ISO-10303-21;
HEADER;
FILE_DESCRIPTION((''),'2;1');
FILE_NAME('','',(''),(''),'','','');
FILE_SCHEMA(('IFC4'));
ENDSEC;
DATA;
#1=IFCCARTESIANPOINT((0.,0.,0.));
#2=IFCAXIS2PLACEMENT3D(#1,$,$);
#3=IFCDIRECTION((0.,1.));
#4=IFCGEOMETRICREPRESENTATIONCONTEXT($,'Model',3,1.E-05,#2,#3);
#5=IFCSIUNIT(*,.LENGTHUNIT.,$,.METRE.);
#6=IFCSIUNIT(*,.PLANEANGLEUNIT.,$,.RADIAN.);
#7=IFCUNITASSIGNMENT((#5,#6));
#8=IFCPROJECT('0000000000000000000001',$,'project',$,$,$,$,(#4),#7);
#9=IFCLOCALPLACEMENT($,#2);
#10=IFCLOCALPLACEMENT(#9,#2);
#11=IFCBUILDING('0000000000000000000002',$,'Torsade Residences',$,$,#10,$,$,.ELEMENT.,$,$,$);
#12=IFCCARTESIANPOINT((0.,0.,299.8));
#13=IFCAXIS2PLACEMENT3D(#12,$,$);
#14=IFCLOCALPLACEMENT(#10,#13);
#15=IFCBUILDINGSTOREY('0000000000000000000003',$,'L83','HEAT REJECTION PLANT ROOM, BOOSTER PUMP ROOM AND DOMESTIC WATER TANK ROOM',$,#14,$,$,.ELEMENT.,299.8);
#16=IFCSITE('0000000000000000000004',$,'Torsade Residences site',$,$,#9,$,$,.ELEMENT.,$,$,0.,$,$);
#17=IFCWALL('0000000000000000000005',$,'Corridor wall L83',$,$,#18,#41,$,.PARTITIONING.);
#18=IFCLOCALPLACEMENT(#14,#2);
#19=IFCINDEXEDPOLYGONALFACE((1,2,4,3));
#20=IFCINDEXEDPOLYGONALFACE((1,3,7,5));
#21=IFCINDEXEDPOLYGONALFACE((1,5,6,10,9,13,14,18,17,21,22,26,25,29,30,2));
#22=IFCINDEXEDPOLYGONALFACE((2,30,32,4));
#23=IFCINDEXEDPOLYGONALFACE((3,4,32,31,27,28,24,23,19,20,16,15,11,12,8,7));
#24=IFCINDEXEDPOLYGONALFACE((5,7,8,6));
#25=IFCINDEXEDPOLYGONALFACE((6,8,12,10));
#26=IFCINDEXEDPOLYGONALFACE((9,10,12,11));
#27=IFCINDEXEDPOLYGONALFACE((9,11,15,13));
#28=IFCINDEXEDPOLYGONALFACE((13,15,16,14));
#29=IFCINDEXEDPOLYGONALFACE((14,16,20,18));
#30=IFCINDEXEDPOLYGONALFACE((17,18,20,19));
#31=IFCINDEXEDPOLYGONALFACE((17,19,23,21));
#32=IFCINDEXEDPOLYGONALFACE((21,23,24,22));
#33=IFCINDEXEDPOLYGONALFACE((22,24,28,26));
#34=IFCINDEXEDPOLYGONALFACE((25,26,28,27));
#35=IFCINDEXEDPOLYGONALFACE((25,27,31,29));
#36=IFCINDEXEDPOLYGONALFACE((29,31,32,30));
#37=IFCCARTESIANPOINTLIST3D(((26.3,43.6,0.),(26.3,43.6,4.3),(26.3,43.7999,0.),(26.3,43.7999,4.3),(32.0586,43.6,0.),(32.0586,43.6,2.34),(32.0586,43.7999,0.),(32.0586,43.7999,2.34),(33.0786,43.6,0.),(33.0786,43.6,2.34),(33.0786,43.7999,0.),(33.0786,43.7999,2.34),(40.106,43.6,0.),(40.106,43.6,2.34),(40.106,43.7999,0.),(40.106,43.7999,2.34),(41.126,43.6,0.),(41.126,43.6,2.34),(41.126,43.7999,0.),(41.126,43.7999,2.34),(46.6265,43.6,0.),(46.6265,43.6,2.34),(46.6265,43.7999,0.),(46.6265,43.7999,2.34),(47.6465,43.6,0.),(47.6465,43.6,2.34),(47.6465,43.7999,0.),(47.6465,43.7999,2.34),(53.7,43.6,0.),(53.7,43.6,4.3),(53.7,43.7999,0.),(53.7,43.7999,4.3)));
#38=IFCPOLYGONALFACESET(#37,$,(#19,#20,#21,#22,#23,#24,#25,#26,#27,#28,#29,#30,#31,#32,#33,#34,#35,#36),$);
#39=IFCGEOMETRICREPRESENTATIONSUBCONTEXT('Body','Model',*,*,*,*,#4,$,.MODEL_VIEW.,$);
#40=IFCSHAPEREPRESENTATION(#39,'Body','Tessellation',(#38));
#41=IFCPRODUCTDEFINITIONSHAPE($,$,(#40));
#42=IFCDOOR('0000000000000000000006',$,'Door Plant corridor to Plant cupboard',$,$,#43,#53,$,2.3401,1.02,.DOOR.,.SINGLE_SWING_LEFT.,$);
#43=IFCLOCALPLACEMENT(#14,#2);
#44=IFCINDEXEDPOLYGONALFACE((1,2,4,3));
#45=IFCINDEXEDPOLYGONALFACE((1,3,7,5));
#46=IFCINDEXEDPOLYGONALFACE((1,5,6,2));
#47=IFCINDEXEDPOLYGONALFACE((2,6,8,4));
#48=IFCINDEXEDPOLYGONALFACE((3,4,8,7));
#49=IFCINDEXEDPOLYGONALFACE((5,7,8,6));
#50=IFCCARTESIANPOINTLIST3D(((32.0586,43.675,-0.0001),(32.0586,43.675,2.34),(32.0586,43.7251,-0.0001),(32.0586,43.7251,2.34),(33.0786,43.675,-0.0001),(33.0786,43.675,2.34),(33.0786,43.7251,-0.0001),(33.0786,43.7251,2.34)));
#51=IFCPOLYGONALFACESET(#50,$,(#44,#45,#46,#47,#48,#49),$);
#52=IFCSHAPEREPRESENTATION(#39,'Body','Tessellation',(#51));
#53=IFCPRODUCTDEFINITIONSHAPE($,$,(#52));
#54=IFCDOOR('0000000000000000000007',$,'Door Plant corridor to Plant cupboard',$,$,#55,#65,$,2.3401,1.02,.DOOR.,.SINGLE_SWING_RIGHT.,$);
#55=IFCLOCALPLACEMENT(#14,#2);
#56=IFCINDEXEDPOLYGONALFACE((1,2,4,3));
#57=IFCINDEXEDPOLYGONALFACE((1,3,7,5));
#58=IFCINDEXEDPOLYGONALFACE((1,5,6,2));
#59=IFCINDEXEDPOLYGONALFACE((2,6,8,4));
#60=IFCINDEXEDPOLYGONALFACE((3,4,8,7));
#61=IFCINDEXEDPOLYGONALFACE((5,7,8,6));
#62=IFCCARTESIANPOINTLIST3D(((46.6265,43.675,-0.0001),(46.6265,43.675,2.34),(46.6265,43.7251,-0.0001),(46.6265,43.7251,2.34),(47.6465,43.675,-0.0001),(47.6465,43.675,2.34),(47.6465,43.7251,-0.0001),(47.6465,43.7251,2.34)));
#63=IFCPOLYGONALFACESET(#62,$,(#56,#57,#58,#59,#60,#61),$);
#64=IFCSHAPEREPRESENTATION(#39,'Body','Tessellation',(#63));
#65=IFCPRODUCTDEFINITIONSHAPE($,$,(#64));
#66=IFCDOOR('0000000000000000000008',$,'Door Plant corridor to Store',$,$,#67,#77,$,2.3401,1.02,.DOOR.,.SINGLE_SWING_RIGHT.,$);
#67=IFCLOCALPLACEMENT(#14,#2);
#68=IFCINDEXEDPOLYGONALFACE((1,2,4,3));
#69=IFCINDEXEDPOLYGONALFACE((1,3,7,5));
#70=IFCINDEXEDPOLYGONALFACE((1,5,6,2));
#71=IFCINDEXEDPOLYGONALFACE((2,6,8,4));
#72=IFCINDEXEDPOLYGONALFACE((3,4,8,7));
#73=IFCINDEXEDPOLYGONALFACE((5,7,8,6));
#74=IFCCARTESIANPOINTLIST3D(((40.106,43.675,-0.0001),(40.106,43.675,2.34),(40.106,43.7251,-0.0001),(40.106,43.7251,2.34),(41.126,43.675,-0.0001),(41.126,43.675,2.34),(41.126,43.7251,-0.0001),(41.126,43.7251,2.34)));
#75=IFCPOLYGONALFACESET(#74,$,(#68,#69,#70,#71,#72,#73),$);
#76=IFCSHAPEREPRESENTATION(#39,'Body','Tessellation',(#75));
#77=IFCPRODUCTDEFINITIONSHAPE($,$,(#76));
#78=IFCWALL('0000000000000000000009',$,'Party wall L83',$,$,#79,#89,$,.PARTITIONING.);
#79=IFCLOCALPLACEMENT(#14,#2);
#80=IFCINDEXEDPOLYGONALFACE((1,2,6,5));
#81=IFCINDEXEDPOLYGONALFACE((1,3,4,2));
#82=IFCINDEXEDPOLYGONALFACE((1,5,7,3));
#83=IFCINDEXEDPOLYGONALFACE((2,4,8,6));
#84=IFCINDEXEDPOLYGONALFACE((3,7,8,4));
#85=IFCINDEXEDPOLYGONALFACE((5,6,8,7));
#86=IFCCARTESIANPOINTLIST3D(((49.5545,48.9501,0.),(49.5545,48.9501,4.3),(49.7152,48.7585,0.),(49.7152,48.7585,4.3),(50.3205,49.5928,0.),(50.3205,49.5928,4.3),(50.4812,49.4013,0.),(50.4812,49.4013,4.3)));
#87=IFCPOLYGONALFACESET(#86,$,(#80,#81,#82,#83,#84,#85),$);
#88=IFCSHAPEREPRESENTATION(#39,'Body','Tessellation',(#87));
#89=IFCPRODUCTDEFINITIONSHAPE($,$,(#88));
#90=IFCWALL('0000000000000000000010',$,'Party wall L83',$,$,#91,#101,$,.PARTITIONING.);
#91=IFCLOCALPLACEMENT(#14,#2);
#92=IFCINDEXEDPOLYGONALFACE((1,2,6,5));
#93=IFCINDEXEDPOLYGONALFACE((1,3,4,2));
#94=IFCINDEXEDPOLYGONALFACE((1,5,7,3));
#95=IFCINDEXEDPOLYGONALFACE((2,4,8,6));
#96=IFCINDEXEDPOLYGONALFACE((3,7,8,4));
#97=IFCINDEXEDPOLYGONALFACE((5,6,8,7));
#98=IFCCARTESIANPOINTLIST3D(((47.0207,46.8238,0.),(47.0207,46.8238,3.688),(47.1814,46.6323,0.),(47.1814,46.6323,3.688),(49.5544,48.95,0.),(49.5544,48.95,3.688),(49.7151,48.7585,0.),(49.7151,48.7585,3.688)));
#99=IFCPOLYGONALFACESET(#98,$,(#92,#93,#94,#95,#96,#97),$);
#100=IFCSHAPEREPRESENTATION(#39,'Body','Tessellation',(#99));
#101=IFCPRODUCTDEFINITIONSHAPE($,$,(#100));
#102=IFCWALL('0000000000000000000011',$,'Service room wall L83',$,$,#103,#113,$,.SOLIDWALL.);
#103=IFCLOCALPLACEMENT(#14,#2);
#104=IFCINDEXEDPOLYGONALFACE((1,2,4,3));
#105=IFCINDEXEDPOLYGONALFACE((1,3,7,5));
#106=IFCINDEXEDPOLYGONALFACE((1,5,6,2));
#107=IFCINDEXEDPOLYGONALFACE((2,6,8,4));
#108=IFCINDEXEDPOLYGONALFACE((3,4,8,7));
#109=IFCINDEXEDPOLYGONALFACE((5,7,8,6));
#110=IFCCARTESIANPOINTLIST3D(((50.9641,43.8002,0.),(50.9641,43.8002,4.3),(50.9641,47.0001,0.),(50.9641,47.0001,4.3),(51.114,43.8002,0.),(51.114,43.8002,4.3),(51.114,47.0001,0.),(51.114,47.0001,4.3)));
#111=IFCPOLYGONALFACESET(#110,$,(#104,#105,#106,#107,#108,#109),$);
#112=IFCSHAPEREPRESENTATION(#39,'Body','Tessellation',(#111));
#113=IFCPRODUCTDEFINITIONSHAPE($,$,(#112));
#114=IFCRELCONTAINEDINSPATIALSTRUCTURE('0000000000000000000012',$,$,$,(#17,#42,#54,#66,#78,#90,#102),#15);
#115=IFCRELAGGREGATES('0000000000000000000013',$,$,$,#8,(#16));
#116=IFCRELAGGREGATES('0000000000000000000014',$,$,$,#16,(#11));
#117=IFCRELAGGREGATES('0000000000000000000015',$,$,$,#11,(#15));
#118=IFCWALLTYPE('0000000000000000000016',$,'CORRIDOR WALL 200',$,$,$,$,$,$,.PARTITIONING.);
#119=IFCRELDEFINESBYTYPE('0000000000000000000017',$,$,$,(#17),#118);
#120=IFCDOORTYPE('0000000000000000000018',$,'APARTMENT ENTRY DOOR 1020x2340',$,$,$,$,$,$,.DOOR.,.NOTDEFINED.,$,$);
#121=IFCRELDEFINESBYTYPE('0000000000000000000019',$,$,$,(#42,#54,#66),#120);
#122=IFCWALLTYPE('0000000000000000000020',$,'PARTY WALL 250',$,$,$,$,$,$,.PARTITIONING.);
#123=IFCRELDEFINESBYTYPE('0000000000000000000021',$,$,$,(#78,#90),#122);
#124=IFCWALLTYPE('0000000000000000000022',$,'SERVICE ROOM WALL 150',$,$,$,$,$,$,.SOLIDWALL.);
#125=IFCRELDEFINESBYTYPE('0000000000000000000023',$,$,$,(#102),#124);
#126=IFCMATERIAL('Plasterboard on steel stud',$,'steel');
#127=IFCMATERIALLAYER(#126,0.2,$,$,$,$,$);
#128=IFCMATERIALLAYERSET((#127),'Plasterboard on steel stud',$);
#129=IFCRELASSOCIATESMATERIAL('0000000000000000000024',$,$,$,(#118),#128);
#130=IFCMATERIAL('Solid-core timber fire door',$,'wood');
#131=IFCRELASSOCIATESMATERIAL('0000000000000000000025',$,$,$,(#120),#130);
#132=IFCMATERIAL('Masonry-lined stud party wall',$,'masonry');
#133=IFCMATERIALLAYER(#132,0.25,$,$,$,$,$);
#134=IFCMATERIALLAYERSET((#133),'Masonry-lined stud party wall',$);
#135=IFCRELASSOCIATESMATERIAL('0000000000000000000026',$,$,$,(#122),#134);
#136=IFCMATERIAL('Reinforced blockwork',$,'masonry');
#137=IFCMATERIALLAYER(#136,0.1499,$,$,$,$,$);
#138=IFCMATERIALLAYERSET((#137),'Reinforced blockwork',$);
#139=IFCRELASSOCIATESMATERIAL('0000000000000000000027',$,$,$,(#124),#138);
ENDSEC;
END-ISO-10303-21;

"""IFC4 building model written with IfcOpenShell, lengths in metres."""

from ifc_helpers import new_model, si_unit, direction, frame, frame_2d, origin, place, context, subcontext, project, spatial, rectangle, extrude, material, layer, layer_set, type_object, element, fill, save


model = new_model("IFC4")

# Units and contexts
model_context = context("Model", 3, precision=1e-05, world=origin(), true_north=direction((0.0, 1.0)))
body_context = subcontext(model_context, "Body", "Model", "MODEL_VIEW")
ifc_project = project(units=[si_unit("LENGTHUNIT", "METRE"), si_unit("PLANEANGLEUNIT", "RADIAN")], contexts=[model_context])

# Site, building, storey
site_placement = place(None, origin())
site = spatial("IfcSite", under=ifc_project, at=site_placement, Name="Torsade Residences site", CompositionType="ELEMENT", RefElevation=0.0)
building_placement = place(site_placement, origin())
building = spatial("IfcBuilding", under=site, at=building_placement, Name="Torsade Residences", CompositionType="ELEMENT")
storey_placement = place(building_placement, frame((0.0, 0.0, 299.8)))
storey = spatial("IfcBuildingStorey", under=building, at=storey_placement, Name="L83", Description="HEAT REJECTION PLANT ROOM, BOOSTER PUMP ROOM AND DOMESTIC WATER TANK ROOM", CompositionType="ELEMENT", Elevation=299.8)

# Wall, openings, doors
ifc_material_1 = material(Name="Plasterboard on steel stud", Category="steel")
ifc_layer_1 = layer(ifc_material_1, 0.2)
ifc_layer_set_1 = layer_set([ifc_layer_1], Name="Plasterboard on steel stud")
wall_type_1 = type_object("IfcWallType", Name="CORRIDOR WALL 200", PredefinedType="PARTITIONING", material=ifc_layer_set_1)
wall_1_placement = place(storey_placement, frame((53.7, 43.7, 0.0), z_axis=(0.0, 0.0, 1.0), x_axis=(-1.0, 0.0, 0.0)))
wall_1 = element("IfcWall", 1, at=wall_1_placement, inside=storey, type_object=wall_type_1, Name="Corridor wall L83", PredefinedType="PARTITIONING", context=body_context, shape_type="SweptSolid", body=[
    extrude(rectangle(XDim=27.3999, YDim=0.2, at=frame_2d((13.7, 0.0))), origin(), (0.0, 0.0, 1.0), 4.3),
])
opening_1_placement = place(wall_1_placement, frame((20.6213, 0.0, 0.0)))
opening_1 = element("IfcOpeningElement", 2, at=opening_1_placement, cuts=wall_1, PredefinedType="OPENING", context=body_context, shape_type="SweptSolid", body=[
    extrude(rectangle(XDim=1.02, YDim=2.3401, at=frame_2d((0.51, 1.1699))), frame((0.0, 0.1099, 0.0), z_axis=(0.0, -1.0, 0.0), x_axis=(1.0, 0.0, 0.0)), (0.0, 0.0, 1.0), 0.22),
])
opening_2_placement = place(wall_1_placement, frame((6.0535, 0.0, 0.0)))
opening_2 = element("IfcOpeningElement", 3, at=opening_2_placement, cuts=wall_1, PredefinedType="OPENING", context=body_context, shape_type="SweptSolid", body=[
    extrude(rectangle(XDim=1.02, YDim=2.3401, at=frame_2d((0.51, 1.1699))), frame((0.0, 0.1099, 0.0), z_axis=(0.0, -1.0, 0.0), x_axis=(1.0, 0.0, 0.0)), (0.0, 0.0, 1.0), 0.22),
])
opening_3_placement = place(wall_1_placement, frame((12.574, 0.0, 0.0)))
opening_3 = element("IfcOpeningElement", 4, at=opening_3_placement, cuts=wall_1, PredefinedType="OPENING", context=body_context, shape_type="SweptSolid", body=[
    extrude(rectangle(XDim=1.02, YDim=2.3401, at=frame_2d((0.51, 1.1699))), frame((0.0, 0.1099, 0.0), z_axis=(0.0, -1.0, 0.0), x_axis=(1.0, 0.0, 0.0)), (0.0, 0.0, 1.0), 0.22),
])
ifc_material_2 = material(Name="Solid-core timber fire door", Category="wood")
door_type = type_object("IfcDoorType", Name="APARTMENT ENTRY DOOR 1020x2340", OperationType="NOTDEFINED", PredefinedType="DOOR", material=ifc_material_2)
door_1_placement = place(opening_1_placement, origin())
door_1 = element("IfcDoor", 5, at=door_1_placement, inside=storey, type_object=door_type, Name="Door Plant corridor to Plant cupboard", OperationType="SINGLE_SWING_LEFT", OverallHeight=2.3401, OverallWidth=1.02, PredefinedType="DOOR", context=body_context, shape_type="SweptSolid", body=[
    extrude(rectangle(XDim=1.02, YDim=2.3401, at=frame_2d((0.51, 1.1699))), frame((0.0, 0.0249, 0.0), z_axis=(0.0, -1.0, 0.0), x_axis=(1.0, 0.0, 0.0)), (0.0, 0.0, 1.0), 0.05),
])
fill(opening_1, door_1)
door_2_placement = place(opening_2_placement, origin())
door_2 = element("IfcDoor", 6, at=door_2_placement, inside=storey, type_object=door_type, Name="Door Plant corridor to Plant cupboard", OperationType="SINGLE_SWING_RIGHT", OverallHeight=2.3401, OverallWidth=1.02, PredefinedType="DOOR", context=body_context, shape_type="SweptSolid", body=[
    extrude(rectangle(XDim=1.02, YDim=2.3401, at=frame_2d((0.51, 1.1699))), frame((0.0, 0.0249, 0.0), z_axis=(0.0, -1.0, 0.0), x_axis=(1.0, 0.0, 0.0)), (0.0, 0.0, 1.0), 0.05),
])
fill(opening_2, door_2)
door_3_placement = place(opening_3_placement, origin())
door_3 = element("IfcDoor", 7, at=door_3_placement, inside=storey, type_object=door_type, Name="Door Plant corridor to Store", OperationType="SINGLE_SWING_RIGHT", OverallHeight=2.3401, OverallWidth=1.02, PredefinedType="DOOR", context=body_context, shape_type="SweptSolid", body=[
    extrude(rectangle(XDim=1.02, YDim=2.3401, at=frame_2d((0.51, 1.1699))), frame((0.0, 0.0249, 0.0), z_axis=(0.0, -1.0, 0.0), x_axis=(1.0, 0.0, 0.0)), (0.0, 0.0, 1.0), 0.05),
])
fill(opening_3, door_3)

# Walls
ifc_material_3 = material(Name="Masonry-lined stud party wall", Category="masonry")
ifc_layer_2 = layer(ifc_material_3, 0.25)
ifc_layer_set_2 = layer_set([ifc_layer_2], Name="Masonry-lined stud party wall")
wall_type_2 = type_object("IfcWallType", Name="PARTY WALL 250", PredefinedType="PARTITIONING", material=ifc_layer_set_2)
wall_2_placement = place(storey_placement, frame((50.4009, 49.4971, 0.0), z_axis=(0.0, 0.0, 1.0), x_axis=(-0.766056, -0.642774, 0.0)))
element("IfcWall", 8, at=wall_2_placement, inside=storey, type_object=wall_type_2, Name="Party wall L83", PredefinedType="PARTITIONING", context=body_context, shape_type="SweptSolid", body=[
    extrude(rectangle(XDim=1.0, YDim=0.25, at=frame_2d((0.5, 0.0))), origin(), (0.0, 0.0, 1.0), 4.3),
])
wall_3_placement = place(storey_placement, frame((49.6348, 48.8542, 0.0), z_axis=(0.0, 0.0, 1.0), x_axis=(-0.766014, -0.642823, 0.0)))
element("IfcWall", 9, at=wall_3_placement, inside=storey, type_object=wall_type_2, Name="Party wall L83", PredefinedType="PARTITIONING", context=body_context, shape_type="SweptSolid", body=[
    extrude(rectangle(XDim=3.3076, YDim=0.25, at=frame_2d((1.6538, 0.0))), origin(), (0.0, 0.0, 1.0), 3.688),
])
ifc_material_4 = material(Name="Reinforced blockwork", Category="masonry")
ifc_layer_3 = layer(ifc_material_4, 0.1499)
ifc_layer_set_3 = layer_set([ifc_layer_3], Name="Reinforced blockwork")
wall_type_3 = type_object("IfcWallType", Name="SERVICE ROOM WALL 150", PredefinedType="SOLIDWALL", material=ifc_layer_set_3)
wall_4_placement = place(storey_placement, frame((51.0391, 43.8, 0.0), z_axis=(0.0, 0.0, 1.0), x_axis=(0.0, 1.0, 0.0)))
element("IfcWall", 10, at=wall_4_placement, inside=storey, type_object=wall_type_3, Name="Service room wall L83", PredefinedType="SOLIDWALL", context=body_context, shape_type="SweptSolid", body=[
    extrude(rectangle(XDim=3.2, YDim=0.1499, at=frame_2d((1.6001, 0.0))), origin(), (0.0, 0.0, 1.0), 4.3),
])

save(model, "model.ifc")
